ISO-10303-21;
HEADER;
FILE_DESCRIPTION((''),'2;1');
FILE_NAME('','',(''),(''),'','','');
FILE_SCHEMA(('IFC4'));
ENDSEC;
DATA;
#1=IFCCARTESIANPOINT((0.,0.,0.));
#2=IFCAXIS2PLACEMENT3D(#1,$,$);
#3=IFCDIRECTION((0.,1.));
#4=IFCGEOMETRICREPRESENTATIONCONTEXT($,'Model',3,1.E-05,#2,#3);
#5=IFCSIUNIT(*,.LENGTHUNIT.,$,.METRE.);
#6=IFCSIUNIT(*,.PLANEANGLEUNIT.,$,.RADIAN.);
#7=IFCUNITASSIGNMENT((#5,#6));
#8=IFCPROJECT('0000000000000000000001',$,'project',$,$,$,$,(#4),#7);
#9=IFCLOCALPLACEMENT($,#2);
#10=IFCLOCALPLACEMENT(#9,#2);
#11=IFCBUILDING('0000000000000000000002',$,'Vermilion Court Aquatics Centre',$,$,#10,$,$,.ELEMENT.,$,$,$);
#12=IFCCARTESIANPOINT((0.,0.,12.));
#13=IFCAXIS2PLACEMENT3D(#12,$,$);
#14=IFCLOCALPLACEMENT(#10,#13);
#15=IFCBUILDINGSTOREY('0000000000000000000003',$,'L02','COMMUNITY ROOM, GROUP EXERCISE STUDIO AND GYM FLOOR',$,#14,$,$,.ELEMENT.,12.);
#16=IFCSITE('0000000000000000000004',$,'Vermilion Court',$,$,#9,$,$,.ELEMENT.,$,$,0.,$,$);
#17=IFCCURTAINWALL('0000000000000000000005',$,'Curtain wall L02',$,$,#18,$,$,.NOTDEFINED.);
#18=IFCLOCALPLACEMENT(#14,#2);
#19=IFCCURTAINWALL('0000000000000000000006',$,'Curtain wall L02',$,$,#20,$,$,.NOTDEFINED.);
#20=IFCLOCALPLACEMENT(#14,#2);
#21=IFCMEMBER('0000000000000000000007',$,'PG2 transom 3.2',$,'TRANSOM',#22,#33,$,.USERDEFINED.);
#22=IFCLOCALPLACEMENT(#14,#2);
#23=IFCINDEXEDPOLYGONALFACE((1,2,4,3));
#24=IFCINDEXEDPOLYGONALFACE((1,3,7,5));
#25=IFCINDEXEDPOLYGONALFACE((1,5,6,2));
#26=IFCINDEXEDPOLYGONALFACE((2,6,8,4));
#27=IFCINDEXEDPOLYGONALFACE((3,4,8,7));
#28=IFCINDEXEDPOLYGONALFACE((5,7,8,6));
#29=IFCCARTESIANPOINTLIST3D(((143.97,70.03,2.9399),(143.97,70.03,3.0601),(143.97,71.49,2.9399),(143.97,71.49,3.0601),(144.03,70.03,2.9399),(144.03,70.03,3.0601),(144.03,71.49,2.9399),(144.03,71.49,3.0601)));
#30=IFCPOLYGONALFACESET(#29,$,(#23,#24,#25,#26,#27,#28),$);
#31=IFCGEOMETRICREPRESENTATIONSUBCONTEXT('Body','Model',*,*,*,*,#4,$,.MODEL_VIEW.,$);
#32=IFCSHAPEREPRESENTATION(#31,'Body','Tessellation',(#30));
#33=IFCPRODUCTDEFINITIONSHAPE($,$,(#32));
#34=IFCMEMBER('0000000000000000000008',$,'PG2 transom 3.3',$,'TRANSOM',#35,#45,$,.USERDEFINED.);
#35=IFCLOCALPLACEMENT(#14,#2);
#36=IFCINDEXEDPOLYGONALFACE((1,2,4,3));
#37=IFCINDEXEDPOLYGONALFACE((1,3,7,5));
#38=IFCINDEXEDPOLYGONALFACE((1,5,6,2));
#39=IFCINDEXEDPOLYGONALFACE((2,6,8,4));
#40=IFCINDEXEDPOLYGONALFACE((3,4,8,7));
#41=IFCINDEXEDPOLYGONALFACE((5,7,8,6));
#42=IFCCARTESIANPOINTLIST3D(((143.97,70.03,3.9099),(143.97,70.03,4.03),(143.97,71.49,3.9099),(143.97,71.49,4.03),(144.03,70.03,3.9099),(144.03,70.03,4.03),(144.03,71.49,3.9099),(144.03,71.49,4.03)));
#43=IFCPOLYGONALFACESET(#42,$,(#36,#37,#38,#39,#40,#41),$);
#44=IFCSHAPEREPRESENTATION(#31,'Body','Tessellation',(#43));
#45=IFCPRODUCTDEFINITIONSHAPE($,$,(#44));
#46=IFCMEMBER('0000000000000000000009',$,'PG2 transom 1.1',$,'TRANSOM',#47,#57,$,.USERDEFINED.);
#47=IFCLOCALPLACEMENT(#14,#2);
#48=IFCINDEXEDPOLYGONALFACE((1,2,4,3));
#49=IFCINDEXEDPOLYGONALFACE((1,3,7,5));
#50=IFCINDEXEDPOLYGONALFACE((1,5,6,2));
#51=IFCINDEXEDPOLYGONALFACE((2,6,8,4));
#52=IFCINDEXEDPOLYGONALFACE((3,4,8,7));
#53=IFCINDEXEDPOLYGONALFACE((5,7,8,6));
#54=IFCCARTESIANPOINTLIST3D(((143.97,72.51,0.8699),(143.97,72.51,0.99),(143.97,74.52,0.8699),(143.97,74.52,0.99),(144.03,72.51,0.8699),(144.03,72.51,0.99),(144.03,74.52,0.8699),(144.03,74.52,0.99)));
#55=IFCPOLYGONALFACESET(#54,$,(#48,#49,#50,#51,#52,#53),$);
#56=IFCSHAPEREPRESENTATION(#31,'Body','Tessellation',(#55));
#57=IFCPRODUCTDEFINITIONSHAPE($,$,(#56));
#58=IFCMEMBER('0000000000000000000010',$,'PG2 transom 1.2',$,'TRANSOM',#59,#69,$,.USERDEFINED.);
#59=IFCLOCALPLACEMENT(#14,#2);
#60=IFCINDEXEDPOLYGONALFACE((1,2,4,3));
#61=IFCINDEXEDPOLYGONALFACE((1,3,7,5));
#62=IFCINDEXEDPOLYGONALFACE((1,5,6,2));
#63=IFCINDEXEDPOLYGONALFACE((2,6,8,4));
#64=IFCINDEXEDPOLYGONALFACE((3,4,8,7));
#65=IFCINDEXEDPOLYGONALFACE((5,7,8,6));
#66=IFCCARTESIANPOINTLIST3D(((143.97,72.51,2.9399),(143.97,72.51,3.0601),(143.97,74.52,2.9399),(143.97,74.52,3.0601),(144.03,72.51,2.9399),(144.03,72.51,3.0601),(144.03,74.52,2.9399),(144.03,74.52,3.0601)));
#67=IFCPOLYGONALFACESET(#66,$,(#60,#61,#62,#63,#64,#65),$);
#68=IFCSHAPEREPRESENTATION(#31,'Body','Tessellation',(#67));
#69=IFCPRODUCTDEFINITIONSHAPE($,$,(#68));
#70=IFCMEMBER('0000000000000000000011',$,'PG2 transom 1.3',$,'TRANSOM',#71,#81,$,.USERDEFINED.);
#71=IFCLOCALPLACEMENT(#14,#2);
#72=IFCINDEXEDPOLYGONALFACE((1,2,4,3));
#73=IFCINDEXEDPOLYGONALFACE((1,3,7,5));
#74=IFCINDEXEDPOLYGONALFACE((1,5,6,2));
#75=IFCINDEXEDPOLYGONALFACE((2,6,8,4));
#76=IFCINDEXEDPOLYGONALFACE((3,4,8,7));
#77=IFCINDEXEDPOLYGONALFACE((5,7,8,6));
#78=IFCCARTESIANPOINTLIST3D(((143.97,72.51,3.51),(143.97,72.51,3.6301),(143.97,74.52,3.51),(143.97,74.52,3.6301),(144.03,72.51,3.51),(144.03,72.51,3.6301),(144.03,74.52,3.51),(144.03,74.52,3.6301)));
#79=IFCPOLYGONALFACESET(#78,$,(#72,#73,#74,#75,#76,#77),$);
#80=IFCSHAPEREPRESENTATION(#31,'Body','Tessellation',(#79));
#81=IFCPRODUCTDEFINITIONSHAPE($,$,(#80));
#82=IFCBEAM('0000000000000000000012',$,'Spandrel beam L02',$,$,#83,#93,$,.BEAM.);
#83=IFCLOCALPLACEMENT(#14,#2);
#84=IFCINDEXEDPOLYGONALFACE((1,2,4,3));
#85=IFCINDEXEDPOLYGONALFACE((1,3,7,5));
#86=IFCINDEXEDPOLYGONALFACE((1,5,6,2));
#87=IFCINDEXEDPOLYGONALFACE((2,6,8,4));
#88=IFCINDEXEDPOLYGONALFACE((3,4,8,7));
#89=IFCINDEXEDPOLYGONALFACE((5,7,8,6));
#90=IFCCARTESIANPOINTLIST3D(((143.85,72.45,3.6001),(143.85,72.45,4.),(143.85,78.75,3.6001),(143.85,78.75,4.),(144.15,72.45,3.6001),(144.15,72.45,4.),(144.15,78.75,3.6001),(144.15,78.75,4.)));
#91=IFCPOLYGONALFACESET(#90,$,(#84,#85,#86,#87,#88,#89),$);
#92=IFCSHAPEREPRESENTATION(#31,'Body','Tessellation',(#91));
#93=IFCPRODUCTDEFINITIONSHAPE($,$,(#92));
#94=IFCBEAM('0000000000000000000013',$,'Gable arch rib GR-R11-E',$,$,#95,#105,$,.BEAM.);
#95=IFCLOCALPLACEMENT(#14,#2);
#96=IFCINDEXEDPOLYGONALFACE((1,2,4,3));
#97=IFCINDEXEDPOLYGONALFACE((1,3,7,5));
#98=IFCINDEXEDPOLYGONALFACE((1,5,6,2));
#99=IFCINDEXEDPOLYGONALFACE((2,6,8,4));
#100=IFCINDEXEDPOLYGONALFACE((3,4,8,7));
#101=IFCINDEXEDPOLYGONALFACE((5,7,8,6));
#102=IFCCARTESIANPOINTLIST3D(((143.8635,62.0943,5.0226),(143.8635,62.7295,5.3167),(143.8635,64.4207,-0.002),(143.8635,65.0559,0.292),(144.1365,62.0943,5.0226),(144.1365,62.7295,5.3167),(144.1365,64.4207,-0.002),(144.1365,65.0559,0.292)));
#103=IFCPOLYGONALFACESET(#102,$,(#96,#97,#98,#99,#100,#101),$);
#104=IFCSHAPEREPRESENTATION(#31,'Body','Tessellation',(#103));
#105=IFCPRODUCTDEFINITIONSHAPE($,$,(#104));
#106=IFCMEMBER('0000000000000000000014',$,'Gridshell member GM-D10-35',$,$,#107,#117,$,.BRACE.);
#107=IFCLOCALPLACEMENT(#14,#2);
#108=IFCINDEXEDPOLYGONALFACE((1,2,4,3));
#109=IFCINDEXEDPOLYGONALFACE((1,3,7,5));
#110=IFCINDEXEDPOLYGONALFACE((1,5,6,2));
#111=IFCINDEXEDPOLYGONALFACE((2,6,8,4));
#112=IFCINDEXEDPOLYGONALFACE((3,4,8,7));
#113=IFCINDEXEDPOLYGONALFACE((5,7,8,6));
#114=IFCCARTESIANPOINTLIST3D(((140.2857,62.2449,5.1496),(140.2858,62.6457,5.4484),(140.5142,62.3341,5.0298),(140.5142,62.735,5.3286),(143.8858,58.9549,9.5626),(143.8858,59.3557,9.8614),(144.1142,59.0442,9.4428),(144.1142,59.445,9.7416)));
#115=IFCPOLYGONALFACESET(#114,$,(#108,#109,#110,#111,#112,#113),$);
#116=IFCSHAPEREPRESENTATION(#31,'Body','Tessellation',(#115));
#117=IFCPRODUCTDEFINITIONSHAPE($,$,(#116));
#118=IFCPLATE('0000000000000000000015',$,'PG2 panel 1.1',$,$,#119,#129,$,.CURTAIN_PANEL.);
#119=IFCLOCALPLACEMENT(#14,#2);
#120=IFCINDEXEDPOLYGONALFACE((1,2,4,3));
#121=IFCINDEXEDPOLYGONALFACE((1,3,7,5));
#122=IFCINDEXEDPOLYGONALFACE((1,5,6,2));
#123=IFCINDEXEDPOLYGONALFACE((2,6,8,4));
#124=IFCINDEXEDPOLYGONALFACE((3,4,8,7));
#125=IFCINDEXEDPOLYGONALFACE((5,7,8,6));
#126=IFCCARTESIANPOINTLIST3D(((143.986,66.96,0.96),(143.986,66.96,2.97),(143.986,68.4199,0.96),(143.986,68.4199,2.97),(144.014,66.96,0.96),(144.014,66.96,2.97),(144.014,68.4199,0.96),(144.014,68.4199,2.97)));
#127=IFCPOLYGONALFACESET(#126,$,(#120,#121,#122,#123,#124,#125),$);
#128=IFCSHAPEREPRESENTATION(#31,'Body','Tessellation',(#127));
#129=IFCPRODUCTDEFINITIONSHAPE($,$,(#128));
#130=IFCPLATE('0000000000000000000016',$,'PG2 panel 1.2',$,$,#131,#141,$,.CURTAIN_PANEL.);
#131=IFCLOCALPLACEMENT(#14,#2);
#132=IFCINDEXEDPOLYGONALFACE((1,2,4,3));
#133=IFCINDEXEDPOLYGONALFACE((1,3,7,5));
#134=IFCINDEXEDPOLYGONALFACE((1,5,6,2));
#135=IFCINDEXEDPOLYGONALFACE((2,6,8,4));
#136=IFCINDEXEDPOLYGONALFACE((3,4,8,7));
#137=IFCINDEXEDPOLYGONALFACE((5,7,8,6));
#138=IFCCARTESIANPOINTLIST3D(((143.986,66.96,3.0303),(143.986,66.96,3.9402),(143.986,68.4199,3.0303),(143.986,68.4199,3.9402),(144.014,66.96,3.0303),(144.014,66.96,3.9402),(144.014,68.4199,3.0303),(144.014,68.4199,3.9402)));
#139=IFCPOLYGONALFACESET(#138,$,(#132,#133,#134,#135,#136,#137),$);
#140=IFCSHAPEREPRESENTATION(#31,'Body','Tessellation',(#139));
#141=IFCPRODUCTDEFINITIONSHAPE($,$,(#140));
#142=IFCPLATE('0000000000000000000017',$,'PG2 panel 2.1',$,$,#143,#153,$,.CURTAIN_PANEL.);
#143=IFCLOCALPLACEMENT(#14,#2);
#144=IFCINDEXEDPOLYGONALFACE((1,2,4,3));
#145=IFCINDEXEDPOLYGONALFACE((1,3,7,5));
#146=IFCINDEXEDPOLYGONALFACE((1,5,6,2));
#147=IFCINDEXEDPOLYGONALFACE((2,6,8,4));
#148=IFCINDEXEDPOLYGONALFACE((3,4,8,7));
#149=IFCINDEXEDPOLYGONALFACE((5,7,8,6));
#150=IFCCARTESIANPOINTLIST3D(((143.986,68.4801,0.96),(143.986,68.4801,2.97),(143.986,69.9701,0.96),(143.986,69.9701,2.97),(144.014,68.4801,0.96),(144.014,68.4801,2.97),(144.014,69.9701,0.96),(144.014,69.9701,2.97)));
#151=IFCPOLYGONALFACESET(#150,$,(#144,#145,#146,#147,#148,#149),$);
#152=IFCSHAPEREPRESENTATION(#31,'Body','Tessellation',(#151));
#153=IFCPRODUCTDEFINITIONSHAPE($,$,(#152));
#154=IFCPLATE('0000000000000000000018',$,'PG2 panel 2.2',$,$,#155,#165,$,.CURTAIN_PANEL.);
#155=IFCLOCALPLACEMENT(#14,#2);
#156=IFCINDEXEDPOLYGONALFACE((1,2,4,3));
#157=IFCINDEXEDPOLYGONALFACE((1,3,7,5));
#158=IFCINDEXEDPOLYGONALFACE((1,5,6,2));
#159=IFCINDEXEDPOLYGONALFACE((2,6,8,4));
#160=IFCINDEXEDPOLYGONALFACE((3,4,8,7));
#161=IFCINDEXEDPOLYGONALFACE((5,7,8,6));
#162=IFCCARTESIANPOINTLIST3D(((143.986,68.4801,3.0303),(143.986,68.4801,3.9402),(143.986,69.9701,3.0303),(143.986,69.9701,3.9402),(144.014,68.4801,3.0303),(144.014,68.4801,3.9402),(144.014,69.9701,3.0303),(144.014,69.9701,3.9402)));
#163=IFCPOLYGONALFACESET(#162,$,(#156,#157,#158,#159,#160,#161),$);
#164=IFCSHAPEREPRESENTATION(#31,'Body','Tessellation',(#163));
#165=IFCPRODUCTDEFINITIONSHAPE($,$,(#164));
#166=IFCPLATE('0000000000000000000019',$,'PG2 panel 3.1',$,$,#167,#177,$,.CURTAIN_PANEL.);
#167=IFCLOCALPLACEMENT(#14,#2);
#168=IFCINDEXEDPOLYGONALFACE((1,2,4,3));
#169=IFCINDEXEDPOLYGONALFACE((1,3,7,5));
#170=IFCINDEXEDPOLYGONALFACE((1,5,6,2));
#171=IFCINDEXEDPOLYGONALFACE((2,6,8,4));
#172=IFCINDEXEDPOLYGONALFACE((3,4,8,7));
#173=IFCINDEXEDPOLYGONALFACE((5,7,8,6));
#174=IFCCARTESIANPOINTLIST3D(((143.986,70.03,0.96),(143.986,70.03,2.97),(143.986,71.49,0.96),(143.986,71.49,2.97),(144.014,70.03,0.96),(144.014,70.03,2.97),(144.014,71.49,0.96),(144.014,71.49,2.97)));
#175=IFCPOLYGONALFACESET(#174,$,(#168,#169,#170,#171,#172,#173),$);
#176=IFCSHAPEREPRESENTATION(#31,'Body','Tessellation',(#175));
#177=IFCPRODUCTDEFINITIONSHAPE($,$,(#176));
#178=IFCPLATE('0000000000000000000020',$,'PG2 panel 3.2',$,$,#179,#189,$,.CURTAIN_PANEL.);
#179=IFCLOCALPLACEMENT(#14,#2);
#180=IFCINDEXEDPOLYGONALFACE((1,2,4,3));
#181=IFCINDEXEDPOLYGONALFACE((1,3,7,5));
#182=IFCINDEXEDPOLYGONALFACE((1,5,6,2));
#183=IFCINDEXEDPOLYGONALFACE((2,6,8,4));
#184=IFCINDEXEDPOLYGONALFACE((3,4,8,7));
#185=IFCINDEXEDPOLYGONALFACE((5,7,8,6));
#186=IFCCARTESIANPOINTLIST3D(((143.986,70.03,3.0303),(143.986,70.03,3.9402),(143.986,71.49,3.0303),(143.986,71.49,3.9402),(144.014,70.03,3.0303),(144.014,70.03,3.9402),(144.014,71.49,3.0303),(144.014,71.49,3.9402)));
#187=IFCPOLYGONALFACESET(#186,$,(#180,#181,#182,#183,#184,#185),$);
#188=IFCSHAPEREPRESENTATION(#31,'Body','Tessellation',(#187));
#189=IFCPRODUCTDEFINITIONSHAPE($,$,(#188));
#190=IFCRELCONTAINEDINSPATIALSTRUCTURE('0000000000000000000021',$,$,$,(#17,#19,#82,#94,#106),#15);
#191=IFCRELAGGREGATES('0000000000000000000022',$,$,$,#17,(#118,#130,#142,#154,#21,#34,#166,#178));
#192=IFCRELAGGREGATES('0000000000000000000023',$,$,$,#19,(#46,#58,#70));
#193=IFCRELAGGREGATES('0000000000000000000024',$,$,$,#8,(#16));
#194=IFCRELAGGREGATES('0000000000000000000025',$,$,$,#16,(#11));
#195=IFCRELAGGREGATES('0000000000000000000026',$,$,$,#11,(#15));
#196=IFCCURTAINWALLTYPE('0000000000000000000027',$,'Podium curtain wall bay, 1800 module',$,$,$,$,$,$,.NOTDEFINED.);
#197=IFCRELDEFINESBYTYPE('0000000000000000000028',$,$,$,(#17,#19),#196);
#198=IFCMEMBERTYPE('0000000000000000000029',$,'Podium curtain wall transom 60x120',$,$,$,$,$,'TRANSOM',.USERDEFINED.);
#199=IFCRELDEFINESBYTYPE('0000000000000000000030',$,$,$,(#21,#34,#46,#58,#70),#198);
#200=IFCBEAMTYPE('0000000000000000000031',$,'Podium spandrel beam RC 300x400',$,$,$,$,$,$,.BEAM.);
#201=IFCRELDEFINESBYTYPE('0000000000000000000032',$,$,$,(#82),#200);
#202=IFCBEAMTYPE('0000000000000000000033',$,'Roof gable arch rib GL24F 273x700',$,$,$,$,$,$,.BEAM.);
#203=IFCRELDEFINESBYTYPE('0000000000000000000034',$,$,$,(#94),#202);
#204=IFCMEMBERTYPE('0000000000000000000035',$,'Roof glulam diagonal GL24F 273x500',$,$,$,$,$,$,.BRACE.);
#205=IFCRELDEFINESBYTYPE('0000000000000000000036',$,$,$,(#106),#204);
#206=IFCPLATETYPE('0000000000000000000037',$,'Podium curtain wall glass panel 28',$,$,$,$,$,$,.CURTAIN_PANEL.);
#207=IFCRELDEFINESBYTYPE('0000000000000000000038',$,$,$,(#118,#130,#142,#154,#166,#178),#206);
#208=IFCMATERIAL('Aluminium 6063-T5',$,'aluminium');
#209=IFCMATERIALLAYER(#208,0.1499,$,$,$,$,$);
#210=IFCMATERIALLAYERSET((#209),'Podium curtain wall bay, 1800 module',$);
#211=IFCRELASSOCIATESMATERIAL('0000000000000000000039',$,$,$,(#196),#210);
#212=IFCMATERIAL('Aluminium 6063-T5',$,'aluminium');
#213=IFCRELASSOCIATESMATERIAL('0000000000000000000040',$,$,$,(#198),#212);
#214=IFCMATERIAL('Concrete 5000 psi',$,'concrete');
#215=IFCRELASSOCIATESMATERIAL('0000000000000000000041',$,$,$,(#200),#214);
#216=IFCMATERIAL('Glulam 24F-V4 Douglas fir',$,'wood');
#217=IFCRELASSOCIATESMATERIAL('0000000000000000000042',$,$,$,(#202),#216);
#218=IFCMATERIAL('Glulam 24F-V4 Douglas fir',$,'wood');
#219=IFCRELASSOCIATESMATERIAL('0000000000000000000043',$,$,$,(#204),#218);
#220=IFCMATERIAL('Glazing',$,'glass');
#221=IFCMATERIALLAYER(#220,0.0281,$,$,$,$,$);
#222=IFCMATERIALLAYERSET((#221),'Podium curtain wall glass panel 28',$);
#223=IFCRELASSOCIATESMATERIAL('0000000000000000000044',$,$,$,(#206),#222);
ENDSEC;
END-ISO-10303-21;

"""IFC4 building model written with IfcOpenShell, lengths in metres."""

from ifc_helpers import new_model, si_unit, direction, frame, origin, origin_2d, place, context, subcontext, project, spatial, rectangle, extrude, material, layer, layer_set, material_profile, profile_set, type_object, element, aggregate, save


model = new_model("IFC4")

# Units and contexts
model_context = context("Model", 3, precision=1e-05, world=origin(), true_north=direction((0.0, 1.0)))
body_context = subcontext(model_context, "Body", "Model", "MODEL_VIEW")
ifc_project = project(units=[si_unit("LENGTHUNIT", "METRE"), si_unit("PLANEANGLEUNIT", "RADIAN")], contexts=[model_context])

# Site, building, storey
site_placement = place(None, origin())
site = spatial("IfcSite", under=ifc_project, at=site_placement, Name="Vermilion Court", CompositionType="ELEMENT", RefElevation=0.0)
building_placement = place(site_placement, origin())
building = spatial("IfcBuilding", under=site, at=building_placement, Name="Vermilion Court Aquatics Centre", CompositionType="ELEMENT")
storey_placement = place(building_placement, frame((0.0, 0.0, 12.0)))
storey = spatial("IfcBuildingStorey", under=building, at=storey_placement, Name="L02", Description="COMMUNITY ROOM, GROUP EXERCISE STUDIO AND GYM FLOOR", CompositionType="ELEMENT", Elevation=12.0)

# Curtain walls
ifc_material_1 = material(Name="Aluminium 6063-T5", Category="aluminium")
ifc_layer_1 = layer(ifc_material_1, 0.1499)
ifc_layer_set_1 = layer_set([ifc_layer_1], Name="Podium curtain wall bay, 1800 module")
curtain_wall_type = type_object("IfcCurtainWallType", Name="Podium curtain wall bay, 1800 module", PredefinedType="NOTDEFINED", material=ifc_layer_set_1)
curtain_wall_1_placement = place(storey_placement, origin())
curtain_wall_1 = element("IfcCurtainWall", 1, at=curtain_wall_1_placement, inside=storey, type_object=curtain_wall_type, Name="Curtain wall L02", PredefinedType="NOTDEFINED")
curtain_wall_2_placement = place(storey_placement, origin())
curtain_wall_2 = element("IfcCurtainWall", 2, at=curtain_wall_2_placement, inside=storey, type_object=curtain_wall_type, Name="Curtain wall L02", PredefinedType="NOTDEFINED")

# Members
ifc_material_2 = material(Name="Aluminium 6063-T5", Category="aluminium")
ifc_material_profile_1 = material_profile(ifc_material_2, rectangle(XDim=0.0601, YDim=0.1201, at=origin_2d()), Name="Transom 60x120")
ifc_profile_set_1 = profile_set([ifc_material_profile_1], Name="Aluminium 6063-T5")
member_type_1 = type_object("IfcMemberType", Name="Podium curtain wall transom 60x120", ElementType="TRANSOM", PredefinedType="USERDEFINED", material=ifc_profile_set_1)
member_1_placement = place(storey_placement, frame((144.0, 70.03, 3.0), z_axis=(0.0, 1.0, 0.0), x_axis=(-1.0, 0.0, 0.0)))
member_1 = element("IfcMember", 3, at=member_1_placement, type_object=member_type_1, Name="PG2 transom 3.2", ObjectType="TRANSOM", PredefinedType="USERDEFINED", context=body_context, shape_type="SweptSolid", body=[
    extrude(rectangle(XDim=0.0601, YDim=0.1201, at=origin_2d()), origin(), (0.0, 0.0, 1.0), 1.46),
])
member_2_placement = place(storey_placement, frame((144.0, 70.03, 3.97), z_axis=(0.0, 1.0, 0.0), x_axis=(-1.0, 0.0, 0.0)))
member_2 = element("IfcMember", 4, at=member_2_placement, type_object=member_type_1, Name="PG2 transom 3.3", ObjectType="TRANSOM", PredefinedType="USERDEFINED", context=body_context, shape_type="SweptSolid", body=[
    extrude(rectangle(XDim=0.0601, YDim=0.1201, at=origin_2d()), origin(), (0.0, 0.0, 1.0), 1.46),
])
member_3_placement = place(storey_placement, frame((144.0, 72.51, 0.9299), z_axis=(0.0, 1.0, 0.0), x_axis=(-1.0, 0.0, 0.0)))
member_3 = element("IfcMember", 5, at=member_3_placement, type_object=member_type_1, Name="PG2 transom 1.1", ObjectType="TRANSOM", PredefinedType="USERDEFINED", context=body_context, shape_type="SweptSolid", body=[
    extrude(rectangle(XDim=0.0601, YDim=0.1201, at=origin_2d()), origin(), (0.0, 0.0, 1.0), 2.01),
])
member_4_placement = place(storey_placement, frame((144.0, 72.51, 3.0), z_axis=(0.0, 1.0, 0.0), x_axis=(-1.0, 0.0, 0.0)))
member_4 = element("IfcMember", 6, at=member_4_placement, type_object=member_type_1, Name="PG2 transom 1.2", ObjectType="TRANSOM", PredefinedType="USERDEFINED", context=body_context, shape_type="SweptSolid", body=[
    extrude(rectangle(XDim=0.0601, YDim=0.1201, at=origin_2d()), origin(), (0.0, 0.0, 1.0), 2.01),
])
member_5_placement = place(storey_placement, frame((144.0, 72.51, 3.5701), z_axis=(0.0, 1.0, 0.0), x_axis=(-1.0, 0.0, 0.0)))
member_5 = element("IfcMember", 7, at=member_5_placement, type_object=member_type_1, Name="PG2 transom 1.3", ObjectType="TRANSOM", PredefinedType="USERDEFINED", context=body_context, shape_type="SweptSolid", body=[
    extrude(rectangle(XDim=0.0601, YDim=0.1201, at=origin_2d()), origin(), (0.0, 0.0, 1.0), 2.01),
])

# Beams
ifc_material_3 = material(Name="Concrete 5000 psi", Category="concrete")
ifc_material_profile_2 = material_profile(ifc_material_3, rectangle(XDim=0.3, YDim=0.3999, at=origin_2d()), Name="RC 300x400")
ifc_profile_set_2 = profile_set([ifc_material_profile_2], Name="Concrete 5000 psi")
beam_type_1 = type_object("IfcBeamType", Name="Podium spandrel beam RC 300x400", PredefinedType="BEAM", material=ifc_profile_set_2)
beam_1_placement = place(storey_placement, frame((144.0, 72.45, 3.8), z_axis=(0.0, 1.0, 0.0), x_axis=(-1.0, 0.0, 0.0)))
element("IfcBeam", 8, at=beam_1_placement, inside=storey, type_object=beam_type_1, Name="Spandrel beam L02", PredefinedType="BEAM", context=body_context, shape_type="SweptSolid", body=[
    extrude(rectangle(XDim=0.3, YDim=0.3999, at=origin_2d()), origin(), (0.0, 0.0, 1.0), 6.3),
])
ifc_material_4 = material(Name="Glulam 24F-V4 Douglas fir", Category="wood")
ifc_material_profile_3 = material_profile(ifc_material_4, rectangle(XDim=0.2729, YDim=0.7, at=origin_2d()), Name="GL24F 273x700")
ifc_profile_set_3 = profile_set([ifc_material_profile_3], Name="Glulam 24F-V4 Douglas fir")
beam_type_2 = type_object("IfcBeamType", Name="Roof gable arch rib GL24F 273x700", PredefinedType="BEAM", material=ifc_profile_set_3)
beam_2_placement = place(storey_placement, frame((144.0, 62.4119, 5.1697), z_axis=(0.0, 0.420151, -0.907454), x_axis=(-1.0, 0.0, 0.0)))
element("IfcBeam", 9, at=beam_2_placement, inside=storey, type_object=beam_type_2, Name="Gable arch rib GR-R11-E", PredefinedType="BEAM", context=body_context, shape_type="SweptSolid", body=[
    extrude(rectangle(XDim=0.2729, YDim=0.7, at=origin_2d()), origin(), (0.0, 0.0, 1.0), 5.5371),
])

# Member
ifc_material_5 = material(Name="Glulam 24F-V4 Douglas fir", Category="wood")
ifc_material_profile_4 = material_profile(ifc_material_5, rectangle(XDim=0.2729, YDim=0.5, at=origin_2d()), Name="GL24F 273x500")
ifc_profile_set_4 = profile_set([ifc_material_profile_4], Name="Glulam 24F-V4 Douglas fir")
member_type_2 = type_object("IfcMemberType", Name="Roof glulam diagonal GL24F 273x500", PredefinedType="BRACE", material=ifc_profile_set_4)
member_6_placement = place(storey_placement, frame((144.0, 59.2, 9.6521), z_axis=(-0.547355, 0.500214, -0.670961), x_axis=(-0.836901, -0.327117, 0.438853)))
element("IfcMember", 10, at=member_6_placement, inside=storey, type_object=member_type_2, Name="Gridshell member GM-D10-35", PredefinedType="BRACE", context=body_context, shape_type="SweptSolid", body=[
    extrude(rectangle(XDim=0.2729, YDim=0.5, at=origin_2d()), origin(), (0.0, 0.0, 1.0), 6.5771),
])

# Plates
ifc_material_6 = material(Name="Glazing", Category="glass")
ifc_layer_2 = layer(ifc_material_6, 0.0281)
ifc_layer_set_2 = layer_set([ifc_layer_2], Name="Podium curtain wall glass panel 28")
plate_type = type_object("IfcPlateType", Name="Podium curtain wall glass panel 28", PredefinedType="CURTAIN_PANEL", material=ifc_layer_set_2)
plate_1_placement = place(storey_placement, frame((144.0, 67.6899, 0.96), z_axis=(0.0, 0.0, 1.0), x_axis=(0.0, 1.0, 0.0)))
plate_1 = element("IfcPlate", 11, at=plate_1_placement, type_object=plate_type, Name="PG2 panel 1.1", PredefinedType="CURTAIN_PANEL", context=body_context, shape_type="SweptSolid", body=[
    extrude(rectangle(XDim=1.46, YDim=0.0281, at=origin_2d()), origin(), (0.0, 0.0, 1.0), 2.01),
])
plate_2_placement = place(storey_placement, frame((144.0, 67.6899, 3.0303), z_axis=(0.0, 0.0, 1.0), x_axis=(0.0, 1.0, 0.0)))
plate_2 = element("IfcPlate", 12, at=plate_2_placement, type_object=plate_type, Name="PG2 panel 1.2", PredefinedType="CURTAIN_PANEL", context=body_context, shape_type="SweptSolid", body=[
    extrude(rectangle(XDim=1.46, YDim=0.0281, at=origin_2d()), origin(), (0.0, 0.0, 1.0), 0.9099),
])
plate_3_placement = place(storey_placement, frame((144.0, 69.2251, 0.96), z_axis=(0.0, 0.0, 1.0), x_axis=(0.0, 1.0, 0.0)))
plate_3 = element("IfcPlate", 13, at=plate_3_placement, type_object=plate_type, Name="PG2 panel 2.1", PredefinedType="CURTAIN_PANEL", context=body_context, shape_type="SweptSolid", body=[
    extrude(rectangle(XDim=1.49, YDim=0.0281, at=origin_2d()), origin(), (0.0, 0.0, 1.0), 2.01),
])
plate_4_placement = place(storey_placement, frame((144.0, 69.2251, 3.0303), z_axis=(0.0, 0.0, 1.0), x_axis=(0.0, 1.0, 0.0)))
plate_4 = element("IfcPlate", 14, at=plate_4_placement, type_object=plate_type, Name="PG2 panel 2.2", PredefinedType="CURTAIN_PANEL", context=body_context, shape_type="SweptSolid", body=[
    extrude(rectangle(XDim=1.49, YDim=0.0281, at=origin_2d()), origin(), (0.0, 0.0, 1.0), 0.9099),
])
plate_5_placement = place(storey_placement, frame((144.0, 70.76, 0.96), z_axis=(0.0, 0.0, 1.0), x_axis=(0.0, 1.0, 0.0)))
plate_5 = element("IfcPlate", 15, at=plate_5_placement, type_object=plate_type, Name="PG2 panel 3.1", PredefinedType="CURTAIN_PANEL", context=body_context, shape_type="SweptSolid", body=[
    extrude(rectangle(XDim=1.46, YDim=0.0281, at=origin_2d()), origin(), (0.0, 0.0, 1.0), 2.01),
])
plate_6_placement = place(storey_placement, frame((144.0, 70.76, 3.0303), z_axis=(0.0, 0.0, 1.0), x_axis=(0.0, 1.0, 0.0)))
plate_6 = element("IfcPlate", 16, at=plate_6_placement, type_object=plate_type, Name="PG2 panel 3.2", PredefinedType="CURTAIN_PANEL", context=body_context, shape_type="SweptSolid", body=[
    extrude(rectangle(XDim=1.46, YDim=0.0281, at=origin_2d()), origin(), (0.0, 0.0, 1.0), 0.9099),
])
aggregate(curtain_wall_1, [plate_1, plate_2, plate_3, plate_4, member_1, member_2, plate_5, plate_6])
aggregate(curtain_wall_2, [member_3, member_4, member_5])

save(model, "model.ifc")
